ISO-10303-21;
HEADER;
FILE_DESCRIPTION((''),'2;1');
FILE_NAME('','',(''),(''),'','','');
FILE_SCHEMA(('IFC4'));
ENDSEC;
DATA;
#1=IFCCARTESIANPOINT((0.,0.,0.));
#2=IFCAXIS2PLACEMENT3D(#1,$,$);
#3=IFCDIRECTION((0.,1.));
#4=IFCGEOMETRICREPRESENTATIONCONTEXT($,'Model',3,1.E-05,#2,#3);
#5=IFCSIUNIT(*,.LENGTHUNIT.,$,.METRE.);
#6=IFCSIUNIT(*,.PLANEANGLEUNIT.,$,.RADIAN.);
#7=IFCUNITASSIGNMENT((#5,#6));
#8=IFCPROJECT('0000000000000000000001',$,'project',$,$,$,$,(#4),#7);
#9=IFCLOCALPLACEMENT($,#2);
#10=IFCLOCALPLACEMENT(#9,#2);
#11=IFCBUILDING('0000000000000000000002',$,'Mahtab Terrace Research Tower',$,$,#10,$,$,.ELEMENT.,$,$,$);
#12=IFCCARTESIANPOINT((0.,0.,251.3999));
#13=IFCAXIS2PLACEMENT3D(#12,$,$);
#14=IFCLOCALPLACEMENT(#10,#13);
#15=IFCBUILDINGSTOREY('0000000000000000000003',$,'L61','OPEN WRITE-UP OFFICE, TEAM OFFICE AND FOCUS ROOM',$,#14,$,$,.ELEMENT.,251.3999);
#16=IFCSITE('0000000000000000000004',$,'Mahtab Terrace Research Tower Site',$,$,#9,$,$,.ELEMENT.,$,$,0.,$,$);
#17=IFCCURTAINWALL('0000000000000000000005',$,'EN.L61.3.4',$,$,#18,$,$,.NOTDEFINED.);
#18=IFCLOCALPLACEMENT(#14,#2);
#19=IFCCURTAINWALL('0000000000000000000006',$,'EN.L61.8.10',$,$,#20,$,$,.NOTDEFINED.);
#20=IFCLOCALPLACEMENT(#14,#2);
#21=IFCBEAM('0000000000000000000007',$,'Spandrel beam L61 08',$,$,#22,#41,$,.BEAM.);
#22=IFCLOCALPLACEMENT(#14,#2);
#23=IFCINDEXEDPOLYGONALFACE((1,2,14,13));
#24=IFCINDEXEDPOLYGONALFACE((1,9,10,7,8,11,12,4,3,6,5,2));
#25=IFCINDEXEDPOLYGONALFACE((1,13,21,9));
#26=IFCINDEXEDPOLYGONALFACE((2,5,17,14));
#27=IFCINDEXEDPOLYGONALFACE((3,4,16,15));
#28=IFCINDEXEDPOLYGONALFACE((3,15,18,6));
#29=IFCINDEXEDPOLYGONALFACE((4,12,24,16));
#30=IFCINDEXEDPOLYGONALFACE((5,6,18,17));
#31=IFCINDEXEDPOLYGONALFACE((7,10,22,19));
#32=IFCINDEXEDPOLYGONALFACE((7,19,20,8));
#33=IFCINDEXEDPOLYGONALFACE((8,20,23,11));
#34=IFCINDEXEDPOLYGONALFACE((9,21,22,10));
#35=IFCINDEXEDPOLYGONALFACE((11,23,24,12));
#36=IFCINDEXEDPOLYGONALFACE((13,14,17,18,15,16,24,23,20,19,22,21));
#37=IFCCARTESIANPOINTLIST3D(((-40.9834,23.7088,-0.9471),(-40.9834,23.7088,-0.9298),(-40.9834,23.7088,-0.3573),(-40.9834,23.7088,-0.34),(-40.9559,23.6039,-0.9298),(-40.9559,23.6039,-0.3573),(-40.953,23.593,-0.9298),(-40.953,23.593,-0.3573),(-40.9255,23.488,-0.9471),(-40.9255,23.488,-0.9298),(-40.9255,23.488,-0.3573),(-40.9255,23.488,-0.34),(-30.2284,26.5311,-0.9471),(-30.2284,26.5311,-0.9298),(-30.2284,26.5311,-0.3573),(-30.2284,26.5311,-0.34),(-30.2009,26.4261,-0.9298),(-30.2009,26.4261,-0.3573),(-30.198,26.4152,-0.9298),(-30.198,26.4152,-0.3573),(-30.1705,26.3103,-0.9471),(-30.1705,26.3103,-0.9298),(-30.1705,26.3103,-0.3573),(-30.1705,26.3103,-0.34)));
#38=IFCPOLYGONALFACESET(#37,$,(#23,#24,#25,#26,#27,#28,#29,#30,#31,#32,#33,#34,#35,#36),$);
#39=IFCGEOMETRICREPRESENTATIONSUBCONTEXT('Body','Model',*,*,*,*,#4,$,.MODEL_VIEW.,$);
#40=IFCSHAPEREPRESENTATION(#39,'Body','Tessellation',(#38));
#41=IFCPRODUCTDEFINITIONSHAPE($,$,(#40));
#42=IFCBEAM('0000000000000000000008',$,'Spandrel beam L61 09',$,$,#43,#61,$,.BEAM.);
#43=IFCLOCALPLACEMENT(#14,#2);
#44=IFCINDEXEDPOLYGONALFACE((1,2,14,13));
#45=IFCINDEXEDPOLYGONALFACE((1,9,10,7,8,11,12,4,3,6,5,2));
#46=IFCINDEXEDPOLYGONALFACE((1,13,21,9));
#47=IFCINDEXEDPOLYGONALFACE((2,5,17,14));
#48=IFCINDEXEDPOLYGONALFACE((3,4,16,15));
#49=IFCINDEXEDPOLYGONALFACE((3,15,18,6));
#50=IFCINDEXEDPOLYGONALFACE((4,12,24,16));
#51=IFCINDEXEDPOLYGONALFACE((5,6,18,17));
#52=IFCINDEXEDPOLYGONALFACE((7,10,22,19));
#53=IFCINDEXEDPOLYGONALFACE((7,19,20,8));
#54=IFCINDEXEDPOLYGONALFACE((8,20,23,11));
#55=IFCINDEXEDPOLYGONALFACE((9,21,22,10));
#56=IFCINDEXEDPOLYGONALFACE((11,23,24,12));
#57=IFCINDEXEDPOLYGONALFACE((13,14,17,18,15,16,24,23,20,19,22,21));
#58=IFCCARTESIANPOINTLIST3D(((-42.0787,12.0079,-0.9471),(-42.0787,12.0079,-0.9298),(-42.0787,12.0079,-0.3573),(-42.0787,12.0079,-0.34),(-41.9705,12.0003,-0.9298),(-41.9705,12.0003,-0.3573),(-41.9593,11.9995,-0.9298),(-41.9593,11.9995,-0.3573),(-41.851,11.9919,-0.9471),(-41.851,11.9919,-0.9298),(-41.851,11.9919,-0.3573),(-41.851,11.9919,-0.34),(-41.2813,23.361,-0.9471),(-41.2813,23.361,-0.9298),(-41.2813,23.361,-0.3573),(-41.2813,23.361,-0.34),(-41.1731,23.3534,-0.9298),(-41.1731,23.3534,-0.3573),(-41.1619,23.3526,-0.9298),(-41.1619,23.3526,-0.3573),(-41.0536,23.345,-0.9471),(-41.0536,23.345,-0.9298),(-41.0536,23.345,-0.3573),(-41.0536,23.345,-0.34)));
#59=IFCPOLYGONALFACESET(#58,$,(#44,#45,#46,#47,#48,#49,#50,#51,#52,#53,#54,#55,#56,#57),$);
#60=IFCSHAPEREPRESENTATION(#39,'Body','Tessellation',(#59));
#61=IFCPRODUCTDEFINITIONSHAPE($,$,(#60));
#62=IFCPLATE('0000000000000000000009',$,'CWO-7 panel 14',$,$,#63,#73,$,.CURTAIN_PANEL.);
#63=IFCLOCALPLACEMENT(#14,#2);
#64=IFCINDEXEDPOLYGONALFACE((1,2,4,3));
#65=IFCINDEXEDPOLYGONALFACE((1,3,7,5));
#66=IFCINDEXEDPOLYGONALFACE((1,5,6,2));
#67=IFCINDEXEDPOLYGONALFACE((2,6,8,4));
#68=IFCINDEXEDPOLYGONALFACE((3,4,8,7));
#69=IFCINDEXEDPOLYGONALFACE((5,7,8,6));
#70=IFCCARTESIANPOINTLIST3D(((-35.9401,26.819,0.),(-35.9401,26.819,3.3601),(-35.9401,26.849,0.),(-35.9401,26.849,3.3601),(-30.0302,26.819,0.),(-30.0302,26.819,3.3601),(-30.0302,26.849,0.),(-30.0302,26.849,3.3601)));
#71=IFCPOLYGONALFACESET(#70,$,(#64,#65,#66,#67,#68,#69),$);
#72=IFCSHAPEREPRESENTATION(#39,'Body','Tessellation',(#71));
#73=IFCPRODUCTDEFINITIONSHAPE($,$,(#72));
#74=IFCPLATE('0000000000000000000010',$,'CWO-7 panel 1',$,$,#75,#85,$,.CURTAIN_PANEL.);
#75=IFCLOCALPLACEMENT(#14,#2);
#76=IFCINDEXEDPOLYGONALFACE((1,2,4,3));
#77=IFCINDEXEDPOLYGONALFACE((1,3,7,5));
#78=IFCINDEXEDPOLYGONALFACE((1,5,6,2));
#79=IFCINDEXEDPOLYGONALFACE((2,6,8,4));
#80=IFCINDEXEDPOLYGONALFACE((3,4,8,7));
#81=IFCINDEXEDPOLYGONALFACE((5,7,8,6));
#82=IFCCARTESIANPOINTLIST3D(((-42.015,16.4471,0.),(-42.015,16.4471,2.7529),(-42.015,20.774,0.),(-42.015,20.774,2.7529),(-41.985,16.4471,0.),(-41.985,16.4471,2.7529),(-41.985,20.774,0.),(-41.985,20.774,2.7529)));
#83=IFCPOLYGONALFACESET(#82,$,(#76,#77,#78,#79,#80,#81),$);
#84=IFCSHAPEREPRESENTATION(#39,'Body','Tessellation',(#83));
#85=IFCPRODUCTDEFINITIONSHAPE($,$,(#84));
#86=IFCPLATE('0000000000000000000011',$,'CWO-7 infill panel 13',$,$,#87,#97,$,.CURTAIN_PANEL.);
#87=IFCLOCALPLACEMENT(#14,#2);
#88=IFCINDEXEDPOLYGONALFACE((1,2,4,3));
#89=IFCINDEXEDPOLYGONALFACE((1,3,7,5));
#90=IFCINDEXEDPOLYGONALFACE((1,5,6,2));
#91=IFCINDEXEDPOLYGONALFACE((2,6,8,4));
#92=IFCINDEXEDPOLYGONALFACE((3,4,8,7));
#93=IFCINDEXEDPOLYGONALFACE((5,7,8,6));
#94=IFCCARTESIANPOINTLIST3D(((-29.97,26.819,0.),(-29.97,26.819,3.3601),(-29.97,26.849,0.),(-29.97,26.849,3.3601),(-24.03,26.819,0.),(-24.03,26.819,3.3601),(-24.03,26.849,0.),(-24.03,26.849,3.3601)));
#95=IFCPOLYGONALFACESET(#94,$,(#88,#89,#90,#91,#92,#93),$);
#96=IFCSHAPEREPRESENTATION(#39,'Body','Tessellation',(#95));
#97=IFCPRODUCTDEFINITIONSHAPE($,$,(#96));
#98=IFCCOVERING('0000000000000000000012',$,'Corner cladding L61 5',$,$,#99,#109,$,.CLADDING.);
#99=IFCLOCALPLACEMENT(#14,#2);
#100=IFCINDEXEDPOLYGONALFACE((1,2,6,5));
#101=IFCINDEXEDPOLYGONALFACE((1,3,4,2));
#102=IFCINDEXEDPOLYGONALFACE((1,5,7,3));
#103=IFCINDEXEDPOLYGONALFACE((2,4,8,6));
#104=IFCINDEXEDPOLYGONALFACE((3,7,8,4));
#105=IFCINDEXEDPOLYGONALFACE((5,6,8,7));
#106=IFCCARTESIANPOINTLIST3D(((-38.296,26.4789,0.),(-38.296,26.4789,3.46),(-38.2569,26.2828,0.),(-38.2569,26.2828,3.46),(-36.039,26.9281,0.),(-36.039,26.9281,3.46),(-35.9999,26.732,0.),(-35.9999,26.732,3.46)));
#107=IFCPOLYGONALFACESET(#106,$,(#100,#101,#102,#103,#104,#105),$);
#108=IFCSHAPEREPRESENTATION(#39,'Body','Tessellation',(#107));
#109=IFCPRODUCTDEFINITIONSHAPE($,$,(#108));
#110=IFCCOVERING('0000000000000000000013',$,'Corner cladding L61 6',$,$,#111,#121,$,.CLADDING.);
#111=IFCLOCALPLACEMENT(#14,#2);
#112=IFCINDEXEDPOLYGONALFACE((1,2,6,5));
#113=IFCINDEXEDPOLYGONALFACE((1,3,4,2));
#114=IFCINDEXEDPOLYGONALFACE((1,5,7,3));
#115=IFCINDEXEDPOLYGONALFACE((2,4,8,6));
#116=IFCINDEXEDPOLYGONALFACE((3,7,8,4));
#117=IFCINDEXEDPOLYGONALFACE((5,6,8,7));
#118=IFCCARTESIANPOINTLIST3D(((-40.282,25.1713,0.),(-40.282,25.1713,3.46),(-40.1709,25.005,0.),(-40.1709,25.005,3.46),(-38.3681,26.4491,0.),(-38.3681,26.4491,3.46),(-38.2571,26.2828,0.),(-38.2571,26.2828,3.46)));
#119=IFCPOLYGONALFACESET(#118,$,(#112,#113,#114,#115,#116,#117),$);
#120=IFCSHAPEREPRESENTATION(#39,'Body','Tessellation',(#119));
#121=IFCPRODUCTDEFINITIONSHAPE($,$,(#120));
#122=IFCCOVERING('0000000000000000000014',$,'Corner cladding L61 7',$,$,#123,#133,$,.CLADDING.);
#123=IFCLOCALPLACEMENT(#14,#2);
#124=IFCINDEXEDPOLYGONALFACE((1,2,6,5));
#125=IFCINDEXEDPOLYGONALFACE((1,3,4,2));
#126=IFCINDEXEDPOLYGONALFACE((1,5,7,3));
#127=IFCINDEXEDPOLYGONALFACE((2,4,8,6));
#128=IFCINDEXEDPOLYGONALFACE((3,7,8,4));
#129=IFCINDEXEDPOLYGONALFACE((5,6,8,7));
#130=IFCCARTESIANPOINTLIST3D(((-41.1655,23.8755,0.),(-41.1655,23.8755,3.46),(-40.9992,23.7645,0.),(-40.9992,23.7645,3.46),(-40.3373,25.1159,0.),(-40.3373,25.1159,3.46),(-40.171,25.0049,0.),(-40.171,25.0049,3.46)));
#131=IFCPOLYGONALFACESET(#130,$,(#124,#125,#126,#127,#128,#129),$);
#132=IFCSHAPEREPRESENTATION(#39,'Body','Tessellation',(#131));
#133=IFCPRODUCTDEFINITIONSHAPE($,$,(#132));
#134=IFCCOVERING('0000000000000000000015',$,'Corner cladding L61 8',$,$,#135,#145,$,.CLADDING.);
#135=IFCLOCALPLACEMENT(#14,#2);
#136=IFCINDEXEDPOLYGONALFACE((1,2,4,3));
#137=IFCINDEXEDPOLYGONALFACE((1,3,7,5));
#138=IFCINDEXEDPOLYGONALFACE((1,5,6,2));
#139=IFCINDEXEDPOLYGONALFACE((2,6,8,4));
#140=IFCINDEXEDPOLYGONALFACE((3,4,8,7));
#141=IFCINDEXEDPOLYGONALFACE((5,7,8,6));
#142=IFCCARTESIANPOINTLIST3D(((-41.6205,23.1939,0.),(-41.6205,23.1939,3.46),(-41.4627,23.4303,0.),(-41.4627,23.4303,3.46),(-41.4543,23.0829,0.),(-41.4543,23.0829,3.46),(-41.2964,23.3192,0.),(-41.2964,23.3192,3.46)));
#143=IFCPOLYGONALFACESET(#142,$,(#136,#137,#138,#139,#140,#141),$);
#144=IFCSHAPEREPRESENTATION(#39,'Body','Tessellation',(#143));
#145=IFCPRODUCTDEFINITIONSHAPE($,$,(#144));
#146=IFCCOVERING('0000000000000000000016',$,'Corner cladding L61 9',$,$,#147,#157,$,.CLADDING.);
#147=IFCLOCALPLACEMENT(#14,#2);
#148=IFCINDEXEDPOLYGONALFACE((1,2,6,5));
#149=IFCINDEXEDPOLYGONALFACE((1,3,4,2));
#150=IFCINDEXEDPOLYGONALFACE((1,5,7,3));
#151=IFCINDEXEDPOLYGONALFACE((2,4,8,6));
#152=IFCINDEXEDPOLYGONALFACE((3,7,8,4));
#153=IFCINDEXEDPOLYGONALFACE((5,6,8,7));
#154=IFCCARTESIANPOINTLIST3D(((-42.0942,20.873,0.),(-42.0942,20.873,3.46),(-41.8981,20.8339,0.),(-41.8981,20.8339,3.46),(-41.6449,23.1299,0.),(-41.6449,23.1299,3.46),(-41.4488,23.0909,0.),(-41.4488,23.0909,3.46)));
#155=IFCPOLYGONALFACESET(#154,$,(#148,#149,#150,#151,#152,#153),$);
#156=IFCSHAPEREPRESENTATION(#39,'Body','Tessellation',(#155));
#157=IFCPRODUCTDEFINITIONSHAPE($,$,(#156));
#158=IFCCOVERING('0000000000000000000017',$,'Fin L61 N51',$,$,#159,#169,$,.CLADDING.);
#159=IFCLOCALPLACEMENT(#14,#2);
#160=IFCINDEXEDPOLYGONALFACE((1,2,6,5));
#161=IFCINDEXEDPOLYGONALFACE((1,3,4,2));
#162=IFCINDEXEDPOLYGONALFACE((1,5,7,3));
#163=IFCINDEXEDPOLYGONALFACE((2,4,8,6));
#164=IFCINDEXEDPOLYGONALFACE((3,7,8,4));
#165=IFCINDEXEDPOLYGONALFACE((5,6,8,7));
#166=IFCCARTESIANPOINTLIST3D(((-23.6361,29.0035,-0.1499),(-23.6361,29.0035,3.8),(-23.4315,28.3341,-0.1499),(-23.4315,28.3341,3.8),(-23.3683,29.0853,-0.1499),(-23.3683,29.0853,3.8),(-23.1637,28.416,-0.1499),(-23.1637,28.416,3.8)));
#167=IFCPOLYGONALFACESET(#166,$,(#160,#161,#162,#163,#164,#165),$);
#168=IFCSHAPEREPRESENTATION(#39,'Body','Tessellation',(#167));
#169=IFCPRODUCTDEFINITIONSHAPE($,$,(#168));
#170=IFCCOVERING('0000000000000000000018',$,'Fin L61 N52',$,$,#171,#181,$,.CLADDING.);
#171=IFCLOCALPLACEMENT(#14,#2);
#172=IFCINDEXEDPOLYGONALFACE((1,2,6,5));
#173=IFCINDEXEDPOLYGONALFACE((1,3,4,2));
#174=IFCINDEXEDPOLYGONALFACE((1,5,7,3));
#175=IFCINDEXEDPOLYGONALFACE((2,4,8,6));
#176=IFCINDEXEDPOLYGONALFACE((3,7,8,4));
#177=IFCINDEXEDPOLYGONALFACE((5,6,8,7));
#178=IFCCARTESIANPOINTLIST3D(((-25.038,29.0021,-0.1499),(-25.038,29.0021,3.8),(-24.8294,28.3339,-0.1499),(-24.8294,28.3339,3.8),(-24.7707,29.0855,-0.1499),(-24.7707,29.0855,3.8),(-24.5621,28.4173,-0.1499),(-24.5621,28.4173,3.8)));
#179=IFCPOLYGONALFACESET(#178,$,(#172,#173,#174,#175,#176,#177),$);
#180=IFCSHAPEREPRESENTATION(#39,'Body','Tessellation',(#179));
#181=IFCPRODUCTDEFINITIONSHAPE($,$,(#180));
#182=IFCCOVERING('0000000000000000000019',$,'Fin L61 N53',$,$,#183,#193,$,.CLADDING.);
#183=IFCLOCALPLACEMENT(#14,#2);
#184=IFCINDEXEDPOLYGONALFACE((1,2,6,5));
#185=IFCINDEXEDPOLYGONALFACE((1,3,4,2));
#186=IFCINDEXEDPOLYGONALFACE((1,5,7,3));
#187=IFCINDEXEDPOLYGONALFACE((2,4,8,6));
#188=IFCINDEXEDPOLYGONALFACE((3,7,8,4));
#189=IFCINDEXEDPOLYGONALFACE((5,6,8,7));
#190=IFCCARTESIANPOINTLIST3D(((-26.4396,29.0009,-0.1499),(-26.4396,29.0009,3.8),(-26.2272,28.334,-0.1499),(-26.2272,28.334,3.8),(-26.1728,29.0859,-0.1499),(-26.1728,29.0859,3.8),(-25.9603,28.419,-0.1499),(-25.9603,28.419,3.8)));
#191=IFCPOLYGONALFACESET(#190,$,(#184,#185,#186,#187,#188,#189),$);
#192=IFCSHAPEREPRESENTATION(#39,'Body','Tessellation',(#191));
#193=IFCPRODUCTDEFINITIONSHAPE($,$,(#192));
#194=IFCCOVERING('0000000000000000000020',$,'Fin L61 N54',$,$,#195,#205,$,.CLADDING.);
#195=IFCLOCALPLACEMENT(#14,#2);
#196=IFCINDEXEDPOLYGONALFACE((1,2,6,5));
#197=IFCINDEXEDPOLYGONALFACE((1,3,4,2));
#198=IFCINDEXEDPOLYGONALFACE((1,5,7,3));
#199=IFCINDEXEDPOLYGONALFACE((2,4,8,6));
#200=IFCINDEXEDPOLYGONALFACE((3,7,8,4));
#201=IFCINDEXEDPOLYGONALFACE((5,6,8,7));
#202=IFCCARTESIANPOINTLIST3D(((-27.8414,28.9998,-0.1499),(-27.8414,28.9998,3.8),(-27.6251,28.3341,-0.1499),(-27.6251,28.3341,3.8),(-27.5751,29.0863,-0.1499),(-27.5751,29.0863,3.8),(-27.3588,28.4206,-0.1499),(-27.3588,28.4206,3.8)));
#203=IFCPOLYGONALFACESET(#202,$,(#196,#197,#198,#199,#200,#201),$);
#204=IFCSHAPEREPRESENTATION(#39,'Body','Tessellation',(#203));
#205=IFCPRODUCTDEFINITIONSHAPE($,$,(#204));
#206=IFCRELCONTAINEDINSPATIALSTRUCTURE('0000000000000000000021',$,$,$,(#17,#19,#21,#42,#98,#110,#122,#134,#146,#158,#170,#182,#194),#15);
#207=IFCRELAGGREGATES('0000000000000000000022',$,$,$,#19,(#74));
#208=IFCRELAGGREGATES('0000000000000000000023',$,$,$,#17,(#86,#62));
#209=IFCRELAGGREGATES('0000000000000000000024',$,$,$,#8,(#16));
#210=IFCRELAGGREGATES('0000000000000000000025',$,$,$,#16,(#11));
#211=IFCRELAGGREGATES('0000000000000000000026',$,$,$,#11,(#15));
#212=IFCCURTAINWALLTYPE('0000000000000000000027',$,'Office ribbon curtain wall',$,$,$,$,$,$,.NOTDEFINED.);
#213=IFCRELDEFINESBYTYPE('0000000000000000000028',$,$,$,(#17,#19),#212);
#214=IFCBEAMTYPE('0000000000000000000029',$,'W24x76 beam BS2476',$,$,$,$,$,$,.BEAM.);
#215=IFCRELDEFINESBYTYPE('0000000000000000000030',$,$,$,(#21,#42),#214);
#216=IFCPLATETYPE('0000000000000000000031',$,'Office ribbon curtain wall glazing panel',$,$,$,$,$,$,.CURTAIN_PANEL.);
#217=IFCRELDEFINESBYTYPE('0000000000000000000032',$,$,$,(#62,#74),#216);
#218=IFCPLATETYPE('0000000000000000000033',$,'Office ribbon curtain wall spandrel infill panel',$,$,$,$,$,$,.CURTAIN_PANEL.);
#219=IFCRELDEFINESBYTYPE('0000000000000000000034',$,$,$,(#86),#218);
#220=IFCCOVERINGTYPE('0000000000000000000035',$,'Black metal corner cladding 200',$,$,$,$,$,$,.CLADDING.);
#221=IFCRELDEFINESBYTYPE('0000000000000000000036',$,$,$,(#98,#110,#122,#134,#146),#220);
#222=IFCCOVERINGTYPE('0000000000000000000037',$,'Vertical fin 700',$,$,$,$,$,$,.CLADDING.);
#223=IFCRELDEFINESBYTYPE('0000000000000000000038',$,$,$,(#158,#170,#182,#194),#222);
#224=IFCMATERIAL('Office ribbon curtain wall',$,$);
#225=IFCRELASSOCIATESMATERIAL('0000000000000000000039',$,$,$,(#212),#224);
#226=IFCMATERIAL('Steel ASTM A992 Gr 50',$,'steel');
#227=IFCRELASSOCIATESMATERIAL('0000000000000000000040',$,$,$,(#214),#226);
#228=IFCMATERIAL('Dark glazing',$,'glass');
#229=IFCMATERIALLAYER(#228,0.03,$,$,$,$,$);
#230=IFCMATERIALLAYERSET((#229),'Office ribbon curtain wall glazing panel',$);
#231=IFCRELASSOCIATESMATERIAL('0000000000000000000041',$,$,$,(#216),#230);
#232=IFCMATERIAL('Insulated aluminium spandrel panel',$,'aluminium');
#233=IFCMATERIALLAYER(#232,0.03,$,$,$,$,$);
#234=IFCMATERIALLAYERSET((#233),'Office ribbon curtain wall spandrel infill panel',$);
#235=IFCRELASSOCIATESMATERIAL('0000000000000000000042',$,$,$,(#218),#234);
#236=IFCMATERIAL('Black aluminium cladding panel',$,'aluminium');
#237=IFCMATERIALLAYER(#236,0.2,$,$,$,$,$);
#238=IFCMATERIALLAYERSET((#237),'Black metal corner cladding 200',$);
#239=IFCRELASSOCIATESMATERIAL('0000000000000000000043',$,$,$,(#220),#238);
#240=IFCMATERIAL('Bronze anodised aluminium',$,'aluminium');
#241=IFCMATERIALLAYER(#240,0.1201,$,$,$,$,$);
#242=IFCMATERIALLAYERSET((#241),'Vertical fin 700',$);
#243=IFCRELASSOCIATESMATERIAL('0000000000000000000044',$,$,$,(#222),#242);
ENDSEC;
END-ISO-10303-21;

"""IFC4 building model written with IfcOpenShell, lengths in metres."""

from ifc_helpers import new_model, si_unit, direction, frame, origin, origin_2d, place, context, subcontext, project, spatial, rectangle, i_section, extrude, material, layer, layer_set, material_profile, profile_set, type_object, element, aggregate, save


model = new_model("IFC4")

# Units and contexts
model_context = context("Model", 3, precision=1e-05, world=origin(), true_north=direction((0.0, 1.0)))
body_context = subcontext(model_context, "Body", "Model", "MODEL_VIEW")
ifc_project = project(units=[si_unit("LENGTHUNIT", "METRE"), si_unit("PLANEANGLEUNIT", "RADIAN")], contexts=[model_context])

# Site, building, storey
site_placement = place(None, origin())
site = spatial("IfcSite", under=ifc_project, at=site_placement, Name="Mahtab Terrace Research Tower Site", CompositionType="ELEMENT", RefElevation=0.0)
building_placement = place(site_placement, origin())
building = spatial("IfcBuilding", under=site, at=building_placement, Name="Mahtab Terrace Research Tower", CompositionType="ELEMENT")
storey_placement = place(building_placement, frame((0.0, 0.0, 251.3999)))
storey = spatial("IfcBuildingStorey", under=building, at=storey_placement, Name="L61", Description="OPEN WRITE-UP OFFICE, TEAM OFFICE AND FOCUS ROOM", CompositionType="ELEMENT", Elevation=251.3999)

# Shared definitions
ifc_material_1 = material(Name="Steel ASTM A992 Gr 50", Category="steel")

# Curtain wall
ifc_material_2 = material(Name="Office ribbon curtain wall")
curtain_wall_type = type_object("IfcCurtainWallType", Name="Office ribbon curtain wall", PredefinedType="NOTDEFINED", material=ifc_material_2)
curtain_wall_1_placement = place(storey_placement, origin())
curtain_wall_1 = element("IfcCurtainWall", 1, at=curtain_wall_1_placement, inside=storey, type_object=curtain_wall_type, Name="EN.L61.3.4", PredefinedType="NOTDEFINED")

# Curtain wall
curtain_wall_2_placement = place(storey_placement, origin())
curtain_wall_2 = element("IfcCurtainWall", 2, at=curtain_wall_2_placement, inside=storey, type_object=curtain_wall_type, Name="EN.L61.8.10", PredefinedType="NOTDEFINED")

# Beams
ifc_material_profile_1 = material_profile(ifc_material_1, i_section(OverallWidth=0.2283, OverallDepth=0.6072, WebThickness=0.0112, FlangeThickness=0.0173, at=origin_2d()), Name="W24X76")
ifc_profile_set_1 = profile_set([ifc_material_profile_1], Name="Steel ASTM A992 Gr 50")
beam_type = type_object("IfcBeamType", Name="W24x76 beam BS2476", PredefinedType="BEAM", material=ifc_profile_set_1)
beam_1_placement = place(storey_placement, frame((-30.1995, 26.4207, -0.6436), z_axis=(-0.967252, -0.253818, 0.0), x_axis=(0.253818, -0.967252, 0.0)))
element("IfcBeam", 3, at=beam_1_placement, inside=storey, type_object=beam_type, Name="Spandrel beam L61 08", PredefinedType="BEAM", context=body_context, shape_type="SweptSolid", body=[
    extrude(i_section(OverallWidth=0.2283, OverallDepth=0.6072, WebThickness=0.0112, FlangeThickness=0.0173, at=origin_2d()), origin(), (0.0, 0.0, 1.0), 11.1191),
])
beam_2_placement = place(storey_placement, frame((-41.1675, 23.353, -0.6436), z_axis=(-0.070061, -0.997543, 0.0), x_axis=(0.997543, -0.070061, 0.0)))
element("IfcBeam", 4, at=beam_2_placement, inside=storey, type_object=beam_type, Name="Spandrel beam L61 09", PredefinedType="BEAM", context=body_context, shape_type="SweptSolid", body=[
    extrude(i_section(OverallWidth=0.2283, OverallDepth=0.6072, WebThickness=0.0112, FlangeThickness=0.0173, at=origin_2d()), origin(), (0.0, 0.0, 1.0), 11.3811),
])

# Plates
ifc_material_3 = material(Name="Dark glazing", Category="glass")
ifc_layer_1 = layer(ifc_material_3, 0.03)
ifc_layer_set_1 = layer_set([ifc_layer_1], Name="Office ribbon curtain wall glazing panel")
plate_type_1 = type_object("IfcPlateType", Name="Office ribbon curtain wall glazing panel", PredefinedType="CURTAIN_PANEL", material=ifc_layer_set_1)
plate_1_placement = place(storey_placement, frame((-32.9851, 26.834, 0.0), z_axis=(0.0, 0.0, 1.0), x_axis=(-1.0, 0.0, 0.0)))
plate_1 = element("IfcPlate", 5, at=plate_1_placement, type_object=plate_type_1, Name="CWO-7 panel 14", PredefinedType="CURTAIN_PANEL", context=body_context, shape_type="SweptSolid", body=[
    extrude(rectangle(XDim=5.9099, YDim=0.03, at=origin_2d()), origin(), (0.0, 0.0, 1.0), 3.3601),
])
plate_2_placement = place(storey_placement, frame((-42.0, 18.6106, 0.0), z_axis=(0.0, 0.0, 1.0), x_axis=(0.0, -1.0, 0.0)))
plate_2 = element("IfcPlate", 6, at=plate_2_placement, type_object=plate_type_1, Name="CWO-7 panel 1", PredefinedType="CURTAIN_PANEL", context=body_context, shape_type="SweptSolid", body=[
    extrude(rectangle(XDim=4.3269, YDim=0.03, at=origin_2d()), origin(), (0.0, 0.0, 1.0), 2.7529),
])
aggregate(curtain_wall_2, [plate_2])
ifc_material_4 = material(Name="Insulated aluminium spandrel panel", Category="aluminium")
ifc_layer_2 = layer(ifc_material_4, 0.03)
ifc_layer_set_2 = layer_set([ifc_layer_2], Name="Office ribbon curtain wall spandrel infill panel")
plate_type_2 = type_object("IfcPlateType", Name="Office ribbon curtain wall spandrel infill panel", PredefinedType="CURTAIN_PANEL", material=ifc_layer_set_2)
plate_3_placement = place(storey_placement, frame((-27.0, 26.834, 0.0), z_axis=(0.0, 0.0, 1.0), x_axis=(-1.0, 0.0, 0.0)))
plate_3 = element("IfcPlate", 7, at=plate_3_placement, type_object=plate_type_2, Name="CWO-7 infill panel 13", PredefinedType="CURTAIN_PANEL", context=body_context, shape_type="SweptSolid", body=[
    extrude(rectangle(XDim=5.9399, YDim=0.03, at=origin_2d()), origin(), (0.0, 0.0, 1.0), 3.3601),
])
aggregate(curtain_wall_1, [plate_3, plate_1])

# Coverings
ifc_material_5 = material(Name="Black aluminium cladding panel", Category="aluminium")
ifc_layer_3 = layer(ifc_material_5, 0.2)
ifc_layer_set_3 = layer_set([ifc_layer_3], Name="Black metal corner cladding 200")
covering_type_1 = type_object("IfcCoveringType", Name="Black metal corner cladding 200", PredefinedType="CLADDING", material=ifc_layer_set_3)
for number, where, z_axis, x_axis, name in (
    (8, (-37.1479, 26.6055, 0.0), (0.0, 0.0, 1.0), (-0.980761, -0.195212, 0.0), "Corner cladding L61 5"),
    (9, (-39.2695, 25.7271, 0.0), (0.0, 0.0, 1.0), (-0.831656, -0.555291, 0.0), "Corner cladding L61 6"),
):
    element("IfcCovering", number, at=place(storey_placement, frame(where, z_axis=z_axis, x_axis=x_axis)), inside=storey, type_object=covering_type_1, Name=name, PredefinedType="CLADDING", context=body_context, shape_type="SweptSolid", body=[
        extrude(rectangle(XDim=2.3013, YDim=0.2, at=origin_2d()), origin(), (0.0, 0.0, 1.0), 3.46),
    ])
covering_1_placement = place(storey_placement, frame((-40.6682, 24.4402, 0.0), z_axis=(0.0, 0.0, 1.0), x_axis=(-0.555291, -0.831656, 0.0)))
element("IfcCovering", 10, at=covering_1_placement, inside=storey, type_object=covering_type_1, Name="Corner cladding L61 7", PredefinedType="CLADDING", context=body_context, shape_type="SweptSolid", body=[
    extrude(rectangle(XDim=1.4915, YDim=0.2, at=origin_2d()), origin(), (0.0, 0.0, 1.0), 3.46),
])
covering_2_placement = place(storey_placement, frame((-41.4585, 23.2566, 0.0), z_axis=(0.0, 0.0, 1.0), x_axis=(-0.555291, -0.831656, 0.0)))
element("IfcCovering", 11, at=covering_2_placement, inside=storey, type_object=covering_type_1, Name="Corner cladding L61 8", PredefinedType="CLADDING", context=body_context, shape_type="SweptSolid", body=[
    extrude(rectangle(XDim=0.2842, YDim=0.2, at=origin_2d()), origin(), (0.0, 0.0, 1.0), 3.46),
])
covering_3_placement = place(storey_placement, frame((-41.7715, 21.9819, 0.0), z_axis=(0.0, 0.0, 1.0), x_axis=(-0.195212, -0.980761, 0.0)))
element("IfcCovering", 12, at=covering_3_placement, inside=storey, type_object=covering_type_1, Name="Corner cladding L61 9", PredefinedType="CLADDING", context=body_context, shape_type="SweptSolid", body=[
    extrude(rectangle(XDim=2.3013, YDim=0.2, at=origin_2d()), origin(), (0.0, 0.0, 1.0), 3.46),
])
ifc_material_6 = material(Name="Bronze anodised aluminium", Category="aluminium")
ifc_layer_4 = layer(ifc_material_6, 0.1201)
ifc_layer_set_4 = layer_set([ifc_layer_4], Name="Vertical fin 700")
covering_type_2 = type_object("IfcCoveringType", Name="Vertical fin 700", PredefinedType="CLADDING", material=ifc_layer_set_4)
for number, where, z_axis, x_axis, name in (
    (13, (-23.3999, 28.7097, -0.1499), (0.0, 0.0, 1.0), (-0.956305, -0.292372, 0.0), "Fin L61 N51"),
    (14, (-24.8, 28.7097, -0.1499), (0.0, 0.0, 1.0), (-0.954588, -0.29793, 0.0), "Fin L61 N52"),
    (15, (-26.2, 28.71, -0.1499), (0.0, 0.0, 1.0), (-0.952838, -0.303479, 0.0), "Fin L61 N53"),
    (16, (-27.6001, 28.7102, -0.1499), (0.0, 0.0, 1.0), (-0.951057, -0.309017, 0.0), "Fin L61 N54"),
):
    element("IfcCovering", number, at=place(storey_placement, frame(where, z_axis=z_axis, x_axis=x_axis)), inside=storey, type_object=covering_type_2, Name=name, PredefinedType="CLADDING", context=body_context, shape_type="SweptSolid", body=[
        extrude(rectangle(XDim=0.28, YDim=0.7, at=origin_2d()), origin(), (0.0, 0.0, 1.0), 3.95),
    ])

save(model, "model.ifc")
